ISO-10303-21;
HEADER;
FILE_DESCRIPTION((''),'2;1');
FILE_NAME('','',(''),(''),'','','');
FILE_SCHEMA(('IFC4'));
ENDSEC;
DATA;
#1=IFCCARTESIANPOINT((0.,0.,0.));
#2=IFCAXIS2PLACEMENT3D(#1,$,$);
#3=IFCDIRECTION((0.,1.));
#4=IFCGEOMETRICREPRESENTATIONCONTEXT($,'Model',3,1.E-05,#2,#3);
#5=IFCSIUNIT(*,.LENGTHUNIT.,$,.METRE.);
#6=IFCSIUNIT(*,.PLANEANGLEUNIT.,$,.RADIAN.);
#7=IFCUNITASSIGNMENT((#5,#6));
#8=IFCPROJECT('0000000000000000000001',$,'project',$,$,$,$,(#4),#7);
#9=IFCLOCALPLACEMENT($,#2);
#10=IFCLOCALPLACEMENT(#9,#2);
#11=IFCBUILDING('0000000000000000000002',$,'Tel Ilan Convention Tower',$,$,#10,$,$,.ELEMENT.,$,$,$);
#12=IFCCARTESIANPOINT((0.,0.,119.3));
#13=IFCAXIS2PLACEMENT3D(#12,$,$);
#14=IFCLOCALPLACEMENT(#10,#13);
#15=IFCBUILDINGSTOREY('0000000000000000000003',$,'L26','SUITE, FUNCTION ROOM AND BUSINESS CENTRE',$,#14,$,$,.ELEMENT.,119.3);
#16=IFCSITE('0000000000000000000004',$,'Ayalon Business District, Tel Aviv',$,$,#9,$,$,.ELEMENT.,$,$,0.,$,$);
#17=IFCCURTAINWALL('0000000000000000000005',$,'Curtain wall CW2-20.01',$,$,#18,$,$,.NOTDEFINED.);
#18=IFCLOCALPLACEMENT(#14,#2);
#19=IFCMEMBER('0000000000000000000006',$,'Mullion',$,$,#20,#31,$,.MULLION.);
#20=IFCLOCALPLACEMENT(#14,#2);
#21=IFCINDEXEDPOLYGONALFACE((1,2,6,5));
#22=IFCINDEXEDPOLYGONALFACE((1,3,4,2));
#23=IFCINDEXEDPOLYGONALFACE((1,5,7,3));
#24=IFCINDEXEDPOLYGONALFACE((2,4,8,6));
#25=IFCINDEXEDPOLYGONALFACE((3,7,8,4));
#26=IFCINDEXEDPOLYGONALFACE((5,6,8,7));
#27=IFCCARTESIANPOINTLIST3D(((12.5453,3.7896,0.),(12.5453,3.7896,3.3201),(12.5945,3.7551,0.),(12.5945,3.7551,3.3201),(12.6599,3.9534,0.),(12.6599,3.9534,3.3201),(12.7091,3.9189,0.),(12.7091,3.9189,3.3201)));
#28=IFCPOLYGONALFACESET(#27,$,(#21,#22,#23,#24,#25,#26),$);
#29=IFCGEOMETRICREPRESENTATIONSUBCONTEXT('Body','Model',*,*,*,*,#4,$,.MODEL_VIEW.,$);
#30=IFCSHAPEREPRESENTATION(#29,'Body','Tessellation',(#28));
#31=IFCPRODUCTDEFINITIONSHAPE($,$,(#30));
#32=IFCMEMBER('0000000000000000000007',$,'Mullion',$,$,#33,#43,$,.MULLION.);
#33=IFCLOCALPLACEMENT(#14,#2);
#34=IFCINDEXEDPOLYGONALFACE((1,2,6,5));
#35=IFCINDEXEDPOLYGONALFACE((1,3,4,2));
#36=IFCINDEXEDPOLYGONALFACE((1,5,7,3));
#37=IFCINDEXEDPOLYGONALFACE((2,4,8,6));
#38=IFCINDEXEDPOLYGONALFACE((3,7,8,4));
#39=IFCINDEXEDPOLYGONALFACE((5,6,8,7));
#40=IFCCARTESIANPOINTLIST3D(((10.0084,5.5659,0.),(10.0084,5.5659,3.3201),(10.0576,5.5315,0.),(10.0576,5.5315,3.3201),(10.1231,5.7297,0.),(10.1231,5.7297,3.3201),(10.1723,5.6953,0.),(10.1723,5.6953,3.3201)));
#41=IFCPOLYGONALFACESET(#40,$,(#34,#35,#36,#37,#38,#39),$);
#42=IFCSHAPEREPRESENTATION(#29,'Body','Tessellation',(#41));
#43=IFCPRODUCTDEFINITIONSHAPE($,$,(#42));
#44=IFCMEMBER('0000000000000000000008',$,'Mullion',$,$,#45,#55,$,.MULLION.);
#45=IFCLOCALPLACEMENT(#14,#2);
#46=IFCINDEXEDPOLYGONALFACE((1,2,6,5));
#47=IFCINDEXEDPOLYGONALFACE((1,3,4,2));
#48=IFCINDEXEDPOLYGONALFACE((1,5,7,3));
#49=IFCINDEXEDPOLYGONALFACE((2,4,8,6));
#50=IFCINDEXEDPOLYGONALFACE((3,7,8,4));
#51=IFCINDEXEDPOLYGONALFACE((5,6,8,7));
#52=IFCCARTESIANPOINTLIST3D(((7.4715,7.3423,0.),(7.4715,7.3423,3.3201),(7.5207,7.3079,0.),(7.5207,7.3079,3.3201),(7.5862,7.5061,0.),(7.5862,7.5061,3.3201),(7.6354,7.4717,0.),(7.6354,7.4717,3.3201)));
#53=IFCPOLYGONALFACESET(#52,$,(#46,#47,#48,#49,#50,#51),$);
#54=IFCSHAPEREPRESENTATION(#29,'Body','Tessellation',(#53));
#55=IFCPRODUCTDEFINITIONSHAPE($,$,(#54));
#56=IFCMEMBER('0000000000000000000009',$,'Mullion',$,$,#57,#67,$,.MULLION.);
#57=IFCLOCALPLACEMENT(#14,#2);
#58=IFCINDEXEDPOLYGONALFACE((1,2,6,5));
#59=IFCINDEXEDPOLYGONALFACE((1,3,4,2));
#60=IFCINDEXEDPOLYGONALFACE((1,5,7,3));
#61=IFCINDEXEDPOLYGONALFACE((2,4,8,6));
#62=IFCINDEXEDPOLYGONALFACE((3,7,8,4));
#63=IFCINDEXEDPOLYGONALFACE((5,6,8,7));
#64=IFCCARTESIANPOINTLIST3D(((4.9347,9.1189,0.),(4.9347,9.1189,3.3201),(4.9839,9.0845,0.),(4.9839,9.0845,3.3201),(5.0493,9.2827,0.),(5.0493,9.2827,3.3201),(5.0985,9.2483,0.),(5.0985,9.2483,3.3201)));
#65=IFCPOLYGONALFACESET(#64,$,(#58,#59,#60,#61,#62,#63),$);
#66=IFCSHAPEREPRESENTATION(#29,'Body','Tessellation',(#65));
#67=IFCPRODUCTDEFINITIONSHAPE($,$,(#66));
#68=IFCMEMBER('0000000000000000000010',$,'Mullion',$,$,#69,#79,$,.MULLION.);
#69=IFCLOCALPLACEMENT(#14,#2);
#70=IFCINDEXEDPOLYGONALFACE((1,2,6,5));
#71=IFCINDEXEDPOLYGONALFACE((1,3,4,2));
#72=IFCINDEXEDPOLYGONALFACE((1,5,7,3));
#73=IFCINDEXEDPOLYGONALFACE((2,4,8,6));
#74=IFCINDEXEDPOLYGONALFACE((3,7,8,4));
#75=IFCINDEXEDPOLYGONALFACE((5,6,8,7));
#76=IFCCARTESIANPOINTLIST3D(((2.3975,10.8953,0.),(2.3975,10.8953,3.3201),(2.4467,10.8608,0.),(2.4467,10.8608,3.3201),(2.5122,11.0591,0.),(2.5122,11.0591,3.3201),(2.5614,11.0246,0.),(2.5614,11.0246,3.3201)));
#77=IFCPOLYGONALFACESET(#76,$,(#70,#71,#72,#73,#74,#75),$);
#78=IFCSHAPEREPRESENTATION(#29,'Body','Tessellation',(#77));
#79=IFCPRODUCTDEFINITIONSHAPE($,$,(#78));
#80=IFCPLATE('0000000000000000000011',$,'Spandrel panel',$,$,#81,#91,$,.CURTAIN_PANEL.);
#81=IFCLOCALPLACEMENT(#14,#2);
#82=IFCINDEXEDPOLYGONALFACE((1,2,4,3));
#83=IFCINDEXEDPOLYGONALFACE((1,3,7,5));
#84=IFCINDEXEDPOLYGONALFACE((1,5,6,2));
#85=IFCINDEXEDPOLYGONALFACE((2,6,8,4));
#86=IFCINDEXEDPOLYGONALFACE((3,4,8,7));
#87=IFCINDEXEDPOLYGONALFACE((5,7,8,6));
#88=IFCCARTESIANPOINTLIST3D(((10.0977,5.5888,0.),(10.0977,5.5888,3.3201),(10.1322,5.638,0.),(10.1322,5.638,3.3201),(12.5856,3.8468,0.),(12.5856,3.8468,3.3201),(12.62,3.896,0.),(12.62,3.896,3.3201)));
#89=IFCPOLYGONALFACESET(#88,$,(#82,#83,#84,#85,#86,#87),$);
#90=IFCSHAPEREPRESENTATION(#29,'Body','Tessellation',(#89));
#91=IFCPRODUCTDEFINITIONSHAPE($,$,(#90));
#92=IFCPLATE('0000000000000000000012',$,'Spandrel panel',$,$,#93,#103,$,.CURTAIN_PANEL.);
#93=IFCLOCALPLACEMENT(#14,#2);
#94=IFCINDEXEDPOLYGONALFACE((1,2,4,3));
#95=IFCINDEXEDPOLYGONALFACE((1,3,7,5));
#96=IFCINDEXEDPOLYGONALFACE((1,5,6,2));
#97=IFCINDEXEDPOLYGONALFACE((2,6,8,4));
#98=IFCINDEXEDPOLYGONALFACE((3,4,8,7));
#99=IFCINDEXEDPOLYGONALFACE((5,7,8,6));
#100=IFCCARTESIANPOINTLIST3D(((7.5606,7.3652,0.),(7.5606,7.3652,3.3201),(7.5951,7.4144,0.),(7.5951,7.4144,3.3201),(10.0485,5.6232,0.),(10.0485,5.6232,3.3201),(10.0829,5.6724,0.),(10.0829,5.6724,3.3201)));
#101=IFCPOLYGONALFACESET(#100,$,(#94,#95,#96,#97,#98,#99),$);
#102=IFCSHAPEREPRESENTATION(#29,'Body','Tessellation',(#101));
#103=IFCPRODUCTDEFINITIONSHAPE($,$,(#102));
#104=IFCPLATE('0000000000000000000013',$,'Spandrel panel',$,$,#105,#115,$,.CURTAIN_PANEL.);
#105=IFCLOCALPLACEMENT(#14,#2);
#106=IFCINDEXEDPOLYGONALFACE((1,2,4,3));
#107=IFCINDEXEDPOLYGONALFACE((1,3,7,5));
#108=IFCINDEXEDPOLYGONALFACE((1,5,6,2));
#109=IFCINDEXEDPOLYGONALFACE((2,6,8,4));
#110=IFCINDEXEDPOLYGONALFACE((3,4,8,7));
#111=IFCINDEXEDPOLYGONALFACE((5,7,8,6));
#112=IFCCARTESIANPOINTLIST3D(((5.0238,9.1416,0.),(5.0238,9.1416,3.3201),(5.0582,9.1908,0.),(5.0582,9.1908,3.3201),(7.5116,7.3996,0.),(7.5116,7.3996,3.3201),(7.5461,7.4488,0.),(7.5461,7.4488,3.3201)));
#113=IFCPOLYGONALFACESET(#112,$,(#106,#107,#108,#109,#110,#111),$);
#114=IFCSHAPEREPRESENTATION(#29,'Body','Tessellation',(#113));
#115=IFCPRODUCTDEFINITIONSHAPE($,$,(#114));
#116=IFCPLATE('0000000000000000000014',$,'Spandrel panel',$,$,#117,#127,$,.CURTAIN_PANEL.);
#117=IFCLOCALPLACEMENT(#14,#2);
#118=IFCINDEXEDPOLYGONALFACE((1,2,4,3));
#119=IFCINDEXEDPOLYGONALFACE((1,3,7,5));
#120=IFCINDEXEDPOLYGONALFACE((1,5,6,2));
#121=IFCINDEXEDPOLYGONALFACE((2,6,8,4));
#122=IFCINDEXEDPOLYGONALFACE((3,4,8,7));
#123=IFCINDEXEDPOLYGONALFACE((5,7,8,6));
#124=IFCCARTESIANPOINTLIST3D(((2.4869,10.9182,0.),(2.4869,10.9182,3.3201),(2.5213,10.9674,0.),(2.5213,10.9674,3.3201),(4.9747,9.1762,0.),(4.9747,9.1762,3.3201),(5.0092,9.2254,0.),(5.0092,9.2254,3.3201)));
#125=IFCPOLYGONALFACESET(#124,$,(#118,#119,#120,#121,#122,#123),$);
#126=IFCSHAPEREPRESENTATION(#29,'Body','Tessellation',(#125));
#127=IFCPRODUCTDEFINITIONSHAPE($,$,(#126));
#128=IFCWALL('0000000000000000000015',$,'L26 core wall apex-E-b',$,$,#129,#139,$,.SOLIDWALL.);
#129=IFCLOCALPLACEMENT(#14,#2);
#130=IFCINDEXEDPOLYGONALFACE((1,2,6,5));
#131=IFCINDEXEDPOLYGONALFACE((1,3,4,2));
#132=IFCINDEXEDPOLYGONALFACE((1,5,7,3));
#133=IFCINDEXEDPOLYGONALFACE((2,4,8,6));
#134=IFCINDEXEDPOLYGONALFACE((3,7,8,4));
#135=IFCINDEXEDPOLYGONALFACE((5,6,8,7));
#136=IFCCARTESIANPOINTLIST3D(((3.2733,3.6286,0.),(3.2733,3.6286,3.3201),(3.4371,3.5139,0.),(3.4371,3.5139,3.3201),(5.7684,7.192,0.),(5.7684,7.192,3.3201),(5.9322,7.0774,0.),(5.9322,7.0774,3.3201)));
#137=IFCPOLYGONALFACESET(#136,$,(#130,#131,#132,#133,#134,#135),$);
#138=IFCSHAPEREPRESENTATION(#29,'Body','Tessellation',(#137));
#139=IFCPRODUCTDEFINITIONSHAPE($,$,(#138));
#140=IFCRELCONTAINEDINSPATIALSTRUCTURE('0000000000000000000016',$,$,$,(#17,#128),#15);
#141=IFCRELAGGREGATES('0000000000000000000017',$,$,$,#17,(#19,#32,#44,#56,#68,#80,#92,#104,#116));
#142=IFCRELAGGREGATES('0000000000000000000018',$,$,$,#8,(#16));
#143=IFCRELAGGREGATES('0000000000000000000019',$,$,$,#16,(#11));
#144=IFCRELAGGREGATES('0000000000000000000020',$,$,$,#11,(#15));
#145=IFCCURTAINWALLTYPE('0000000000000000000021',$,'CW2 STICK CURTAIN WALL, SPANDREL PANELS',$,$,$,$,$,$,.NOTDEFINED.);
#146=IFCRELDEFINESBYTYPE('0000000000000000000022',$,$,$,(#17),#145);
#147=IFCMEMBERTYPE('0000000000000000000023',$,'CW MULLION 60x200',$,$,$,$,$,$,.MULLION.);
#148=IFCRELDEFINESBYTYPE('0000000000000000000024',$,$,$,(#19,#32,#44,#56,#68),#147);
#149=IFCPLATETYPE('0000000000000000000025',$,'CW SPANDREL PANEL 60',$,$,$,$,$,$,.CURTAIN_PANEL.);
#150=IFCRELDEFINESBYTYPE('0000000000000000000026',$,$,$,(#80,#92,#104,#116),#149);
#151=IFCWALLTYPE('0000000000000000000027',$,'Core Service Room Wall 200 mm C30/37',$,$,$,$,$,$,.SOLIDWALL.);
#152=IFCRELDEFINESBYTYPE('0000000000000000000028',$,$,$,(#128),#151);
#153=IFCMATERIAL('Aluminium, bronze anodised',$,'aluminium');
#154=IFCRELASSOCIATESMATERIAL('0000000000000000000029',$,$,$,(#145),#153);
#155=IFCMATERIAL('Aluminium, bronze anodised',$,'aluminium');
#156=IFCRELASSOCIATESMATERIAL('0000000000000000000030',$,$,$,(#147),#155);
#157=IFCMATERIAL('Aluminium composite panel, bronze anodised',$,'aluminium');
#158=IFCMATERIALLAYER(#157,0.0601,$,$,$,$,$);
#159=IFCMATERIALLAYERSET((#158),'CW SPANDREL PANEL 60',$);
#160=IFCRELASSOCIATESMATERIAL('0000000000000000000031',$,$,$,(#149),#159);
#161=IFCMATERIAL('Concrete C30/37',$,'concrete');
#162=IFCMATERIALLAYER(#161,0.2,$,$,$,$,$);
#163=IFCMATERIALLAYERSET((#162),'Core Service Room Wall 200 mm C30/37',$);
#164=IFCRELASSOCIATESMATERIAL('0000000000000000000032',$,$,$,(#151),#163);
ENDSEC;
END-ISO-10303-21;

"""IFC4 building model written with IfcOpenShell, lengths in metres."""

from ifc_helpers import new_model, si_unit, direction, frame, frame_2d, origin, origin_2d, place, context, subcontext, project, spatial, rectangle, extrude, material, layer, layer_set, material_profile, profile_set, type_object, element, aggregate, save


model = new_model("IFC4")

# Units and contexts
model_context = context("Model", 3, precision=1e-05, world=origin(), true_north=direction((0.0, 1.0)))
body_context = subcontext(model_context, "Body", "Model", "MODEL_VIEW")
ifc_project = project(units=[si_unit("LENGTHUNIT", "METRE"), si_unit("PLANEANGLEUNIT", "RADIAN")], contexts=[model_context])

# Site, building, storey
site_placement = place(None, origin())
site = spatial("IfcSite", under=ifc_project, at=site_placement, Name="Ayalon Business District, Tel Aviv", CompositionType="ELEMENT", RefElevation=0.0)
building_placement = place(site_placement, origin())
building = spatial("IfcBuilding", under=site, at=building_placement, Name="Tel Ilan Convention Tower", CompositionType="ELEMENT")
storey_placement = place(building_placement, frame((0.0, 0.0, 119.3)))
storey = spatial("IfcBuildingStorey", under=building, at=storey_placement, Name="L26", Description="SUITE, FUNCTION ROOM AND BUSINESS CENTRE", CompositionType="ELEMENT", Elevation=119.3)

# Curtain wall, members, plates
ifc_material_1 = material(Name="Aluminium, bronze anodised", Category="aluminium")
curtain_wall_type = type_object("IfcCurtainWallType", Name="CW2 STICK CURTAIN WALL, SPANDREL PANELS", PredefinedType="NOTDEFINED", material=ifc_material_1)
curtain_wall_placement = place(storey_placement, origin())
curtain_wall = element("IfcCurtainWall", 1, at=curtain_wall_placement, inside=storey, type_object=curtain_wall_type, Name="Curtain wall CW2-20.01", PredefinedType="NOTDEFINED")
ifc_material_2 = material(Name="Aluminium, bronze anodised", Category="aluminium")
ifc_material_profile = material_profile(ifc_material_2, rectangle(XDim=0.0601, YDim=0.2, at=origin_2d()), Name="CW MULLION 60x200")
ifc_profile_set = profile_set([ifc_material_profile], Name="Aluminium, bronze anodised")
member_type = type_object("IfcMemberType", Name="CW MULLION 60x200", PredefinedType="MULLION", material=ifc_profile_set)
member_1_placement = place(storey_placement, frame((12.6272, 3.8542, 0.0), z_axis=(0.0, 0.0, 1.0), x_axis=(-0.819152, 0.573576, 0.0)))
member_1 = element("IfcMember", 2, at=member_1_placement, type_object=member_type, Name="Mullion", PredefinedType="MULLION", context=body_context, shape_type="SweptSolid", body=[
    extrude(rectangle(XDim=0.0601, YDim=0.2, at=origin_2d()), origin(), (0.0, 0.0, 1.0), 3.3201),
])
member_2_placement = place(storey_placement, frame((10.0903, 5.6306, 0.0), z_axis=(0.0, 0.0, 1.0), x_axis=(-0.819152, 0.573576, 0.0)))
member_2 = element("IfcMember", 3, at=member_2_placement, type_object=member_type, Name="Mullion", PredefinedType="MULLION", context=body_context, shape_type="SweptSolid", body=[
    extrude(rectangle(XDim=0.0601, YDim=0.2, at=origin_2d()), origin(), (0.0, 0.0, 1.0), 3.3201),
])
member_3_placement = place(storey_placement, frame((7.5535, 7.407, 0.0), z_axis=(0.0, 0.0, 1.0), x_axis=(-0.819152, 0.573576, 0.0)))
member_3 = element("IfcMember", 4, at=member_3_placement, type_object=member_type, Name="Mullion", PredefinedType="MULLION", context=body_context, shape_type="SweptSolid", body=[
    extrude(rectangle(XDim=0.0601, YDim=0.2, at=origin_2d()), origin(), (0.0, 0.0, 1.0), 3.3201),
])
member_4_placement = place(storey_placement, frame((5.0166, 9.1836, 0.0), z_axis=(0.0, 0.0, 1.0), x_axis=(-0.819152, 0.573576, 0.0)))
member_4 = element("IfcMember", 5, at=member_4_placement, type_object=member_type, Name="Mullion", PredefinedType="MULLION", context=body_context, shape_type="SweptSolid", body=[
    extrude(rectangle(XDim=0.0601, YDim=0.2, at=origin_2d()), origin(), (0.0, 0.0, 1.0), 3.3201),
])
member_5_placement = place(storey_placement, frame((2.4795, 10.96, 0.0), z_axis=(0.0, 0.0, 1.0), x_axis=(-0.819152, 0.573576, 0.0)))
member_5 = element("IfcMember", 6, at=member_5_placement, type_object=member_type, Name="Mullion", PredefinedType="MULLION", context=body_context, shape_type="SweptSolid", body=[
    extrude(rectangle(XDim=0.0601, YDim=0.2, at=origin_2d()), origin(), (0.0, 0.0, 1.0), 3.3201),
])
ifc_material_3 = material(Name="Aluminium composite panel, bronze anodised", Category="aluminium")
ifc_layer_1 = layer(ifc_material_3, 0.0601)
ifc_layer_set_1 = layer_set([ifc_layer_1], Name="CW SPANDREL PANEL 60")
plate_type = type_object("IfcPlateType", Name="CW SPANDREL PANEL 60", PredefinedType="CURTAIN_PANEL", material=ifc_layer_set_1)
plate_1_placement = place(storey_placement, frame((11.3589, 4.7424, 0.0), z_axis=(0.0, 0.0, 1.0), x_axis=(-0.819152, 0.573576, 0.0)))
plate_1 = element("IfcPlate", 7, at=plate_1_placement, type_object=plate_type, Name="Spandrel panel", PredefinedType="CURTAIN_PANEL", context=body_context, shape_type="SweptSolid", body=[
    extrude(rectangle(XDim=3.0371, YDim=0.0601, at=origin_2d()), origin(), (0.0, 0.0, 1.0), 3.3201),
])
plate_2_placement = place(storey_placement, frame((8.8218, 6.5188, 0.0), z_axis=(0.0, 0.0, 1.0), x_axis=(-0.819152, 0.573576, 0.0)))
plate_2 = element("IfcPlate", 8, at=plate_2_placement, type_object=plate_type, Name="Spandrel panel", PredefinedType="CURTAIN_PANEL", context=body_context, shape_type="SweptSolid", body=[
    extrude(rectangle(XDim=3.0371, YDim=0.0601, at=origin_2d()), origin(), (0.0, 0.0, 1.0), 3.3201),
])
plate_3_placement = place(storey_placement, frame((6.2849, 8.2952, 0.0), z_axis=(0.0, 0.0, 1.0), x_axis=(-0.819152, 0.573576, 0.0)))
plate_3 = element("IfcPlate", 9, at=plate_3_placement, type_object=plate_type, Name="Spandrel panel", PredefinedType="CURTAIN_PANEL", context=body_context, shape_type="SweptSolid", body=[
    extrude(rectangle(XDim=3.0371, YDim=0.0601, at=origin_2d()), origin(), (0.0, 0.0, 1.0), 3.3201),
])
plate_4_placement = place(storey_placement, frame((3.748, 10.0718, 0.0), z_axis=(0.0, 0.0, 1.0), x_axis=(-0.819152, 0.573576, 0.0)))
plate_4 = element("IfcPlate", 10, at=plate_4_placement, type_object=plate_type, Name="Spandrel panel", PredefinedType="CURTAIN_PANEL", context=body_context, shape_type="SweptSolid", body=[
    extrude(rectangle(XDim=3.0371, YDim=0.0601, at=origin_2d()), origin(), (0.0, 0.0, 1.0), 3.3201),
])
aggregate(curtain_wall, [member_1, member_2, member_3, member_4, member_5, plate_1, plate_2, plate_3, plate_4])

# Wall
ifc_material_4 = material(Name="Concrete C30/37", Category="concrete")
ifc_layer_2 = layer(ifc_material_4, 0.2)
ifc_layer_set_2 = layer_set([ifc_layer_2], Name="Core Service Room Wall 200 mm C30/37")
wall_type_1 = type_object("IfcWallType", Name="Core Service Room Wall 200 mm C30/37", PredefinedType="SOLIDWALL", material=ifc_layer_set_2)
wall_1_placement = place(storey_placement, frame((3.3552, 3.5713, 0.0), z_axis=(0.0, 0.0, 1.0), x_axis=(0.573568, 0.819158, 0.0)))
element("IfcWall", 11, at=wall_1_placement, inside=storey, type_object=wall_type_1, Name="L26 core wall apex-E-b", PredefinedType="SOLIDWALL", context=body_context, shape_type="SweptSolid", body=[
    extrude(rectangle(XDim=4.3501, YDim=0.2, at=frame_2d((2.175, 0.0))), origin(), (0.0, 0.0, 1.0), 3.3201),
])

save(model, "model.ifc")
